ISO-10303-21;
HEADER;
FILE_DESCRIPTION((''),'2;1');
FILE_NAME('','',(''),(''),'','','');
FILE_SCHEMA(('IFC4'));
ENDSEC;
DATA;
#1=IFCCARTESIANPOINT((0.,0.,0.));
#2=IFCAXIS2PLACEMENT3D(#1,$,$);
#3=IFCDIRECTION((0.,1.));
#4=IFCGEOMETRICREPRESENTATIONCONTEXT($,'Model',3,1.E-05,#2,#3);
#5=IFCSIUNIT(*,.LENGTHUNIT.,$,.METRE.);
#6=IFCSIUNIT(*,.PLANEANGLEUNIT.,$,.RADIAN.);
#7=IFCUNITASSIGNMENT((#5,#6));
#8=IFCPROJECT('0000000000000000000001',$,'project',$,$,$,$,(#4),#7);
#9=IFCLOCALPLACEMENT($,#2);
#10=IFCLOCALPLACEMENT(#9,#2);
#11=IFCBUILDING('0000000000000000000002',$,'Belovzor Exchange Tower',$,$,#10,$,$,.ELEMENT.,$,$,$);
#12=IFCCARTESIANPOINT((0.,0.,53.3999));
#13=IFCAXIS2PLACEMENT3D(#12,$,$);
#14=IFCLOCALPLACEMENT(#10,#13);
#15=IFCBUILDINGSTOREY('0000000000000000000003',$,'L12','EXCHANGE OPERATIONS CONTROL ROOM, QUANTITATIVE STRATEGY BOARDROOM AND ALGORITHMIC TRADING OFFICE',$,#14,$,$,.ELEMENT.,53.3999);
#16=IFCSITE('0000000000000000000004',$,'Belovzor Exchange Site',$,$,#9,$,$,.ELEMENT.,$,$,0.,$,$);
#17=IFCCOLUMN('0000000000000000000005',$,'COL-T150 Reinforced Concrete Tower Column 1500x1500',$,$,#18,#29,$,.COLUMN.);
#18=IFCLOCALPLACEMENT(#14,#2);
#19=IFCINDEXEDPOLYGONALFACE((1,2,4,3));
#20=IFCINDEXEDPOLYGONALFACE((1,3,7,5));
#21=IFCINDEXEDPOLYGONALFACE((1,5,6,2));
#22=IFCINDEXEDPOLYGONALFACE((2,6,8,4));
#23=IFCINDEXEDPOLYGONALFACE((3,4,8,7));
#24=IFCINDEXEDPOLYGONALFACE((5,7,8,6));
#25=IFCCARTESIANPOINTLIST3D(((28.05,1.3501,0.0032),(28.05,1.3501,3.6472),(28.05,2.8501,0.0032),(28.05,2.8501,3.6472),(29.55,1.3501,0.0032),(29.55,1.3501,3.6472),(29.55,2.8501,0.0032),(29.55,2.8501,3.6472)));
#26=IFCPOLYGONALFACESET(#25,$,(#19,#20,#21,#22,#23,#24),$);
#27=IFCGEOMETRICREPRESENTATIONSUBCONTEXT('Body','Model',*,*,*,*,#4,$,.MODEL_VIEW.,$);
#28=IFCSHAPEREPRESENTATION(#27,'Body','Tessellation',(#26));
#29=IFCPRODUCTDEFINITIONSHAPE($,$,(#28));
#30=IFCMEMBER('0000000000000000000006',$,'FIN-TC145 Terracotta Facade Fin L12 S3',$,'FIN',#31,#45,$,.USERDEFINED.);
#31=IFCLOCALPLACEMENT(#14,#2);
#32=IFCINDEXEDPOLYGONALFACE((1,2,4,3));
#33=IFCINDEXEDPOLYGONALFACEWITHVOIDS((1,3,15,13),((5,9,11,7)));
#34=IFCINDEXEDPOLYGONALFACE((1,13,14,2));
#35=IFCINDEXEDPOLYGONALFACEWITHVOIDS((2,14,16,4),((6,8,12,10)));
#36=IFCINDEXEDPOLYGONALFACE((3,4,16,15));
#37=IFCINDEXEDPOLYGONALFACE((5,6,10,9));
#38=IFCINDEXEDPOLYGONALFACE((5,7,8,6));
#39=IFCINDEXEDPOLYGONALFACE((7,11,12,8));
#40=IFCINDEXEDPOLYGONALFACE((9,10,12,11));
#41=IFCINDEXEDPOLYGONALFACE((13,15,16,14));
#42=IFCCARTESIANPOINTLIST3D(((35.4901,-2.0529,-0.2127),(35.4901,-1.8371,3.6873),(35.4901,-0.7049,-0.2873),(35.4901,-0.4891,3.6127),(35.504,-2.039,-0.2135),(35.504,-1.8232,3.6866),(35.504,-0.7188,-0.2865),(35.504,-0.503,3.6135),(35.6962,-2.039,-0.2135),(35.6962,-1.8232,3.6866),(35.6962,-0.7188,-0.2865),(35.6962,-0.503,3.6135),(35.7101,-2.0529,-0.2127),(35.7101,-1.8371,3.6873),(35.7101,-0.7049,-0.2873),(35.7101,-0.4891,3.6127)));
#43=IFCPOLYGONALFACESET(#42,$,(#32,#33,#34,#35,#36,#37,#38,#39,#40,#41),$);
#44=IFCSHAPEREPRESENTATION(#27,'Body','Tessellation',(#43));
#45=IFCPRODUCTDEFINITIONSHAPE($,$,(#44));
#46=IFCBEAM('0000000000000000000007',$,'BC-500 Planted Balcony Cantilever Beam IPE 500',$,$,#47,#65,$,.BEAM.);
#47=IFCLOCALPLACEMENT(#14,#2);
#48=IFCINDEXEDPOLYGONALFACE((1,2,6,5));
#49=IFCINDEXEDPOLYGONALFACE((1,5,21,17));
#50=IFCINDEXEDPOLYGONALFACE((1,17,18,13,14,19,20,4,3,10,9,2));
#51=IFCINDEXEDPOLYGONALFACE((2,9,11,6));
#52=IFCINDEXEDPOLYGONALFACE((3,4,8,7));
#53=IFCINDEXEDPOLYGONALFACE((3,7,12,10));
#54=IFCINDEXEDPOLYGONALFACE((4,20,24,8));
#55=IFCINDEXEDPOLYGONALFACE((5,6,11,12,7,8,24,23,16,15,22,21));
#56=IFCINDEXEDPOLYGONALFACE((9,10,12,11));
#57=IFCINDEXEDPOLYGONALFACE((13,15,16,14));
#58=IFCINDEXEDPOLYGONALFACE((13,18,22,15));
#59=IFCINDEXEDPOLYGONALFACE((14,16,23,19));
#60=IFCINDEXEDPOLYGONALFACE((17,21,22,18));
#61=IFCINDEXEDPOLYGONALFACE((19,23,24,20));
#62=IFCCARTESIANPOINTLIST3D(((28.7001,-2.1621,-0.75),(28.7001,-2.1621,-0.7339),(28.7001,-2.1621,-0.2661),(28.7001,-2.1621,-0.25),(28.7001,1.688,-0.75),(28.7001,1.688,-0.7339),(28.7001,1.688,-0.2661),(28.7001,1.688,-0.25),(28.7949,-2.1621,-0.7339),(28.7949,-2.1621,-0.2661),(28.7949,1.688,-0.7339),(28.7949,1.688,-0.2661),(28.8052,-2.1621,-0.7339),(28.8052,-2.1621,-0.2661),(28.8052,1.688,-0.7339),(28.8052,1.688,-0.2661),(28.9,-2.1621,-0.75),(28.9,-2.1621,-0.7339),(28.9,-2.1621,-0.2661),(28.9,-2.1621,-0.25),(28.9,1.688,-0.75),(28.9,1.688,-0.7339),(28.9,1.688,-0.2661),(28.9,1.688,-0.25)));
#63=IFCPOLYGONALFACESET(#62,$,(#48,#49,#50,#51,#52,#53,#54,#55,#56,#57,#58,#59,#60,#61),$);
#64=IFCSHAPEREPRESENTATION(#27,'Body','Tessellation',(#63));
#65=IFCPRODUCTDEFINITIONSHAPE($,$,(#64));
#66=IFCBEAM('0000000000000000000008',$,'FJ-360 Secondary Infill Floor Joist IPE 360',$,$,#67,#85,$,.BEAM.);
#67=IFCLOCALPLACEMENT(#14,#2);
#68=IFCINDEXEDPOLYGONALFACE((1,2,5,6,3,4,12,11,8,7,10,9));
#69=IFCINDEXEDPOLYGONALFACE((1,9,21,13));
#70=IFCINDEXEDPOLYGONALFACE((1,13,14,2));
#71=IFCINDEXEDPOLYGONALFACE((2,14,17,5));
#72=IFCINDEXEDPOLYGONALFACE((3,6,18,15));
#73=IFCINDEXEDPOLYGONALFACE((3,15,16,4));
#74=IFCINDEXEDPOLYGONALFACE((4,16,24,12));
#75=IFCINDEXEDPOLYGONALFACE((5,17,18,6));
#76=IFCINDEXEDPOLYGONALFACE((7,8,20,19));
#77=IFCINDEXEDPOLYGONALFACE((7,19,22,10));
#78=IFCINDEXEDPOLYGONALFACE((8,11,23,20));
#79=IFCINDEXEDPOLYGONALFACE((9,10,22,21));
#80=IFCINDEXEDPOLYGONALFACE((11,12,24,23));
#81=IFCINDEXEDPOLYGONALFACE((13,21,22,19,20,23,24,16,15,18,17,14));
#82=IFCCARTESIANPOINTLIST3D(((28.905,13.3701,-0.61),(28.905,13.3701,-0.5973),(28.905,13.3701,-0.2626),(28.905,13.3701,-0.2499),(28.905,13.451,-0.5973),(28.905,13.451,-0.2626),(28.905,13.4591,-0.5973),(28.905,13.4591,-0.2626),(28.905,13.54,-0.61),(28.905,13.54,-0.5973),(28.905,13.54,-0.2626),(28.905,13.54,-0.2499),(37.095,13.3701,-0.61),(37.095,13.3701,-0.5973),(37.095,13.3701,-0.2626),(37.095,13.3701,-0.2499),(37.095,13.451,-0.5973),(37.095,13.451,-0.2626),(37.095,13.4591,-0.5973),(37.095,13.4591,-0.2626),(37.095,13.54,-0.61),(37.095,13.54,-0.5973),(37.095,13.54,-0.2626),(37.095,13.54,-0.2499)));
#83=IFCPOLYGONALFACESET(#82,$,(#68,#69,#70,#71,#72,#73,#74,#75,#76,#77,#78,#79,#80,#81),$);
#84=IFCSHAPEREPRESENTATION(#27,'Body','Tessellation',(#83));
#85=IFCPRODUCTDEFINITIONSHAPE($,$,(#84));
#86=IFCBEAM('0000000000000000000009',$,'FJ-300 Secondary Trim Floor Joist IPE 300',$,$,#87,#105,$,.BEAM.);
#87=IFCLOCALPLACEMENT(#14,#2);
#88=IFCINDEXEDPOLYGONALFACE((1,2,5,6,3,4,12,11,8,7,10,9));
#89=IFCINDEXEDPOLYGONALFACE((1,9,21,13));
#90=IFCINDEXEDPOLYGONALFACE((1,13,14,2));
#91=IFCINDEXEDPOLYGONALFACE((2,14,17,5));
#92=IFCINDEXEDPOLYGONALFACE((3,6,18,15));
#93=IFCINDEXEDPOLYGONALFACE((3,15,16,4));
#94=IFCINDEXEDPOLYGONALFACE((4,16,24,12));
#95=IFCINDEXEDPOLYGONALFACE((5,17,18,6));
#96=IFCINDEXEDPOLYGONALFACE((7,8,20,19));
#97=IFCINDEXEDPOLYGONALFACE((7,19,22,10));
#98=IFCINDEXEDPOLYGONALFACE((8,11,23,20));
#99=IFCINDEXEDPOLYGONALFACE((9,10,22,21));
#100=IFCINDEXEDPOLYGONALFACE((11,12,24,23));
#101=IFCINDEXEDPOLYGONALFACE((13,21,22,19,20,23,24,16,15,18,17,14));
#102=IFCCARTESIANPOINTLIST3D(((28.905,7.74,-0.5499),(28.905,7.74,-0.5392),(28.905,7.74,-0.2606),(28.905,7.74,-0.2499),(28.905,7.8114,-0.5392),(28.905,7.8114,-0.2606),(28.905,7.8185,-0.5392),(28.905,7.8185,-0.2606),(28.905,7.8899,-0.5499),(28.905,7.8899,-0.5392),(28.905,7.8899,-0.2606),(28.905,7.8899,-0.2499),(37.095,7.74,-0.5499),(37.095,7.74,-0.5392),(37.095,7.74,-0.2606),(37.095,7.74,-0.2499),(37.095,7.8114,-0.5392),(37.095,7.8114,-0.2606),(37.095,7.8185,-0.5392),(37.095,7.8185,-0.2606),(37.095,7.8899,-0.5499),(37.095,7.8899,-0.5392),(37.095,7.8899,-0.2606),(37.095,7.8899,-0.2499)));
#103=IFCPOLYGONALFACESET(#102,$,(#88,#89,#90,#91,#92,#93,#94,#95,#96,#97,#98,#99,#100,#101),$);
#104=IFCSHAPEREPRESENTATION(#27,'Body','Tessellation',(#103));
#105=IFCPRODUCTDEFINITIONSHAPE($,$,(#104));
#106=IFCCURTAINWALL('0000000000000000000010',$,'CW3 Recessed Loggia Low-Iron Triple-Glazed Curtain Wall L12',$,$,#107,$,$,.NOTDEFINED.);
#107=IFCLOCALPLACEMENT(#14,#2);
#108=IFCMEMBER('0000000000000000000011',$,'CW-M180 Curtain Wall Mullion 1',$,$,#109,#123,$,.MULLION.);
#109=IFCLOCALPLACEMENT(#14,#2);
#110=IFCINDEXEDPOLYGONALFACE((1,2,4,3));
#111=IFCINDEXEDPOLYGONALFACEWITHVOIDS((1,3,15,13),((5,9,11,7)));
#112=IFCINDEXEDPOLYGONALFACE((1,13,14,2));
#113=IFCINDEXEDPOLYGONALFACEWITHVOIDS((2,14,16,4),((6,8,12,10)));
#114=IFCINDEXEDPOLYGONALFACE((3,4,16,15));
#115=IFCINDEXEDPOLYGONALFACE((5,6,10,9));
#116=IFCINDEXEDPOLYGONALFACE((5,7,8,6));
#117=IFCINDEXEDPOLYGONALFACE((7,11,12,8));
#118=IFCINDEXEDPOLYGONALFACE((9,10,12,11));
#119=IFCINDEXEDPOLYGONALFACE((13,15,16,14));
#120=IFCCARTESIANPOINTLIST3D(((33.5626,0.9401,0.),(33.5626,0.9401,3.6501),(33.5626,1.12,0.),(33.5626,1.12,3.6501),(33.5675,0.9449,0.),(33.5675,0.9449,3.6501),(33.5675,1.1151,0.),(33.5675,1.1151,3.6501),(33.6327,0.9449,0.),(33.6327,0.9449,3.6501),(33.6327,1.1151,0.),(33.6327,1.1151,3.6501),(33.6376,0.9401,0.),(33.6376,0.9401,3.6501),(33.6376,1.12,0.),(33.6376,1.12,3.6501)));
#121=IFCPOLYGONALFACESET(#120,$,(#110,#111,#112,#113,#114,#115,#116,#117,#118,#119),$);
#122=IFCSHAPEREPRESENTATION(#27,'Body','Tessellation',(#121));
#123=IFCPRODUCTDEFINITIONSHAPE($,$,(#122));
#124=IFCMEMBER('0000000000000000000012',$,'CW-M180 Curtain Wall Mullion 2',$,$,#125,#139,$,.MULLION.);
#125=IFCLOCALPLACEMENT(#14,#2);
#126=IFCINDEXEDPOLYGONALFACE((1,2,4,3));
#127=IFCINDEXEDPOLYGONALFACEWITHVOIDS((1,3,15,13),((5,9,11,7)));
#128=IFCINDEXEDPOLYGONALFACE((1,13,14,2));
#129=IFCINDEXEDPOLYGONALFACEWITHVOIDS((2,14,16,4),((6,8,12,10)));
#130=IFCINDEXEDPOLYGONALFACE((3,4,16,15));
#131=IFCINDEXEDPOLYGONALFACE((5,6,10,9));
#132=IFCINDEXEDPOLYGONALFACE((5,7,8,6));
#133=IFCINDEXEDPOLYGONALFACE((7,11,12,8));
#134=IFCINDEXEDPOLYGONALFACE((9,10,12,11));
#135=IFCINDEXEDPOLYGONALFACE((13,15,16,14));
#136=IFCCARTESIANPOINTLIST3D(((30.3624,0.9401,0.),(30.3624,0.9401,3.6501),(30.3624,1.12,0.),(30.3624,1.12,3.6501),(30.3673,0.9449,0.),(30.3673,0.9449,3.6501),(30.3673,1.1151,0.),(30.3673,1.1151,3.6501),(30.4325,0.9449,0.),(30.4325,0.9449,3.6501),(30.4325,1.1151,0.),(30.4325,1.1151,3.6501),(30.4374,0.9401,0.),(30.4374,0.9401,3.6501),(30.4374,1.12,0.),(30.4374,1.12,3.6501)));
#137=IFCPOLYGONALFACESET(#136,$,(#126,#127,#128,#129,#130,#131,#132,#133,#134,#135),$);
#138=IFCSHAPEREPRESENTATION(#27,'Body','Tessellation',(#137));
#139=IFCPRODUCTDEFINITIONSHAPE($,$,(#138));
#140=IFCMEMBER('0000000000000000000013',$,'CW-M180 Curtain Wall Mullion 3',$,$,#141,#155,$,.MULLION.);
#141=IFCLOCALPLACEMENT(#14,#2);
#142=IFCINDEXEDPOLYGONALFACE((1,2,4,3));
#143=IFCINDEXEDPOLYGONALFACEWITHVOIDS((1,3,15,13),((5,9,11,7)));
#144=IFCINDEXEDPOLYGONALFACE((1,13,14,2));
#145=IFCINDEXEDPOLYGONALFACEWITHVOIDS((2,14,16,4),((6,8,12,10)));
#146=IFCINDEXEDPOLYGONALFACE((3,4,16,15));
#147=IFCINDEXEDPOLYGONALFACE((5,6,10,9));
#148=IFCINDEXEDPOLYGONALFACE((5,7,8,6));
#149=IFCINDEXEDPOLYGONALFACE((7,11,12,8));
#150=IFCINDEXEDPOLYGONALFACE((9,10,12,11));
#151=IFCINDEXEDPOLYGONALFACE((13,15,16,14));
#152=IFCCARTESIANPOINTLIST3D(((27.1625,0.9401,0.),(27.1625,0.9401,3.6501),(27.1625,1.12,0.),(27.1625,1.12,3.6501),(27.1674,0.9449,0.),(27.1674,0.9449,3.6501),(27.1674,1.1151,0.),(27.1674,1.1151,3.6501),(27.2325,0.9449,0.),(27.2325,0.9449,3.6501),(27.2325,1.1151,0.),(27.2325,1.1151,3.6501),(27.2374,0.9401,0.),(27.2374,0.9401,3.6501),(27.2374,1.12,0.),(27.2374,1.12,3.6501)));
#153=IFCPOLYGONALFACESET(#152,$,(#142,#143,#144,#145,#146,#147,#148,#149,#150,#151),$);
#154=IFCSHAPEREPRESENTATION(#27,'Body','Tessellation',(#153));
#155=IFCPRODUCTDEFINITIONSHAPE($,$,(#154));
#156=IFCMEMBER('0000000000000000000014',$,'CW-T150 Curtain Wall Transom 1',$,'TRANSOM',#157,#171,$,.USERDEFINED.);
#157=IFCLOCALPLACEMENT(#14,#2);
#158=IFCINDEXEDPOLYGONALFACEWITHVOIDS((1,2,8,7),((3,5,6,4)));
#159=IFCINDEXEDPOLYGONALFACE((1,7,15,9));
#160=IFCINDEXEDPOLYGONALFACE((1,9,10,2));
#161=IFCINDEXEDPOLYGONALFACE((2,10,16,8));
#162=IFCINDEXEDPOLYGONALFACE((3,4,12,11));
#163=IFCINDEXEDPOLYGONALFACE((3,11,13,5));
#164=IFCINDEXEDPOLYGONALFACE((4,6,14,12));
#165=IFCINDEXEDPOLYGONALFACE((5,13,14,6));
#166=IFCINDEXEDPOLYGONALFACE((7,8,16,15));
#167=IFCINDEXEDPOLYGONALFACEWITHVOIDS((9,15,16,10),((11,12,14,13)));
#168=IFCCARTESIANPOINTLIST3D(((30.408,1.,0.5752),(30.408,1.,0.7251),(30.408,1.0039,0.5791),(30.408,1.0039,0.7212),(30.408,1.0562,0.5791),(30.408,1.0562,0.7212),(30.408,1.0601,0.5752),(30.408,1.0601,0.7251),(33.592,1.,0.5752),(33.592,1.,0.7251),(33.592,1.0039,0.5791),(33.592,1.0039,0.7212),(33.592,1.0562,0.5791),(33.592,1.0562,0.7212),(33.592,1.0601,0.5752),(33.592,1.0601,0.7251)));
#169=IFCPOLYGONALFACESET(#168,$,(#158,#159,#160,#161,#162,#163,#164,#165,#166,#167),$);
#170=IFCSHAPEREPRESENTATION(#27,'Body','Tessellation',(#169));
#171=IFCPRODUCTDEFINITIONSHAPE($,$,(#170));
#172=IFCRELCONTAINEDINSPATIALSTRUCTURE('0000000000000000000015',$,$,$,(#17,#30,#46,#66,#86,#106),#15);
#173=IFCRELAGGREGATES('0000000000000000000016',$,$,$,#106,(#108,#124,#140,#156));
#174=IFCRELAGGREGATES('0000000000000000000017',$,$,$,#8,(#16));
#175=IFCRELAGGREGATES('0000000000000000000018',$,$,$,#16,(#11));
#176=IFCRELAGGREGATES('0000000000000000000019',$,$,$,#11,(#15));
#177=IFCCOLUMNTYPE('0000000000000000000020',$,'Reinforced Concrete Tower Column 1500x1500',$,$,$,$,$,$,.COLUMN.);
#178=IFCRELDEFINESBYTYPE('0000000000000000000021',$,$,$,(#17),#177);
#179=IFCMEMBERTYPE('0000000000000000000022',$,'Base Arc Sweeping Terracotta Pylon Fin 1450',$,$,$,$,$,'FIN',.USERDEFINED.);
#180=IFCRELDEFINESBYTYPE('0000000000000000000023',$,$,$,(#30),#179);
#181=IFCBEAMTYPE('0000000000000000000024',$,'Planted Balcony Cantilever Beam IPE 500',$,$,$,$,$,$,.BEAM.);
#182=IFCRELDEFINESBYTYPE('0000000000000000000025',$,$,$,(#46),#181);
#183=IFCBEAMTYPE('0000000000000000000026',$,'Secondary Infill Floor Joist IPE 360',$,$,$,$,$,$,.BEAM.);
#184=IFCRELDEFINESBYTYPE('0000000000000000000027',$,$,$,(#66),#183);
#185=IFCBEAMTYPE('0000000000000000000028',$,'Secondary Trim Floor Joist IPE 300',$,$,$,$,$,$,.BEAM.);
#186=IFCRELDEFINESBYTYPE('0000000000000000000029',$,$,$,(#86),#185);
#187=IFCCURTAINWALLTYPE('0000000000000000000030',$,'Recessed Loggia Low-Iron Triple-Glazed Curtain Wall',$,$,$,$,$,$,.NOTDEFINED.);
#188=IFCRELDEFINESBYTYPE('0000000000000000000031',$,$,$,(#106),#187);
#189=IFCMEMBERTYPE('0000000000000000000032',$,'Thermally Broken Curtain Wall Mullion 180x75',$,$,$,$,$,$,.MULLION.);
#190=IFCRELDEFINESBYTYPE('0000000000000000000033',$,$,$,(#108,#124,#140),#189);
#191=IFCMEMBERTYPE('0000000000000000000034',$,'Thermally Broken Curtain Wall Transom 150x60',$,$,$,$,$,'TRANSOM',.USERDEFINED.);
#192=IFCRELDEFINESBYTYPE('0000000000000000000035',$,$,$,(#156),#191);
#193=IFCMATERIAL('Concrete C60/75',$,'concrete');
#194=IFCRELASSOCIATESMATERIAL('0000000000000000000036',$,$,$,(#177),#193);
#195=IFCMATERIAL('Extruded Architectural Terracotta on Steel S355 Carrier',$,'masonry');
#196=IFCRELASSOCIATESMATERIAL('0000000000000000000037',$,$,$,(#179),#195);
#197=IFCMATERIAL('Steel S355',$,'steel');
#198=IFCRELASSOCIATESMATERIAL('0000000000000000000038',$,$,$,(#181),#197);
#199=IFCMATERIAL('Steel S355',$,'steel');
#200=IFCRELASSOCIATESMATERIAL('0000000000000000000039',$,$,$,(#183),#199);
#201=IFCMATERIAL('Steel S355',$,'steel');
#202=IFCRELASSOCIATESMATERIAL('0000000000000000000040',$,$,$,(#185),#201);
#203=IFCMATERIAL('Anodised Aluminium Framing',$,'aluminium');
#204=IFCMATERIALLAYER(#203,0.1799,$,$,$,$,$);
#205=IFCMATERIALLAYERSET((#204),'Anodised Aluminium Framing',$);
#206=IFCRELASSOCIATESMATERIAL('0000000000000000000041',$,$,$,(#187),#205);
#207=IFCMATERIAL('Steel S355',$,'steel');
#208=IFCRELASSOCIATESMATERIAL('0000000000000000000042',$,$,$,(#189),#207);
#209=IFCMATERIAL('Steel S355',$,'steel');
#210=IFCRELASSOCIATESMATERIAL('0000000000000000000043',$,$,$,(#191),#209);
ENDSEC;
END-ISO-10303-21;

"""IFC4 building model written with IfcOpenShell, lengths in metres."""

from ifc_helpers import new_model, si_unit, direction, frame, origin, origin_2d, place, context, subcontext, project, spatial, rectangle, hollow_rectangle, i_section, extrude, material, layer, layer_set, material_profile, profile_set, type_object, element, aggregate, save


model = new_model("IFC4")

# Units and contexts
model_context = context("Model", 3, precision=1e-05, world=origin(), true_north=direction((0.0, 1.0)))
body_context = subcontext(model_context, "Body", "Model", "MODEL_VIEW")
ifc_project = project(units=[si_unit("LENGTHUNIT", "METRE"), si_unit("PLANEANGLEUNIT", "RADIAN")], contexts=[model_context])

# Site, building, storey
site_placement = place(None, origin())
site = spatial("IfcSite", under=ifc_project, at=site_placement, Name="Belovzor Exchange Site", CompositionType="ELEMENT", RefElevation=0.0)
building_placement = place(site_placement, origin())
building = spatial("IfcBuilding", under=site, at=building_placement, Name="Belovzor Exchange Tower", CompositionType="ELEMENT")
storey_placement = place(building_placement, frame((0.0, 0.0, 53.3999)))
storey = spatial("IfcBuildingStorey", under=building, at=storey_placement, Name="L12", Description="EXCHANGE OPERATIONS CONTROL ROOM, QUANTITATIVE STRATEGY BOARDROOM AND ALGORITHMIC TRADING OFFICE", CompositionType="ELEMENT", Elevation=53.3999)

# Column
ifc_material_1 = material(Name="Concrete C60/75", Category="concrete")
ifc_material_profile_1 = material_profile(ifc_material_1, rectangle(XDim=1.5, YDim=1.5, at=origin_2d()))
ifc_profile_set_1 = profile_set([ifc_material_profile_1], Name="Concrete C60/75")
column_type = type_object("IfcColumnType", Name="Reinforced Concrete Tower Column 1500x1500", PredefinedType="COLUMN", material=ifc_profile_set_1)
column_placement = place(storey_placement, frame((28.8, 2.1001, 0.0032), z_axis=(0.0, 0.0, 1.0), x_axis=(1.0, 0.0, 0.0)))
element("IfcColumn", 1, at=column_placement, inside=storey, type_object=column_type, Name="COL-T150 Reinforced Concrete Tower Column 1500x1500", PredefinedType="COLUMN", context=body_context, shape_type="SweptSolid", body=[
    extrude(rectangle(XDim=1.5, YDim=1.5, at=origin_2d()), origin(), (0.0, 0.0, 1.0), 3.644),
])

# Member
ifc_material_2 = material(Name="Extruded Architectural Terracotta on Steel S355 Carrier", Category="masonry")
ifc_material_profile_2 = material_profile(ifc_material_2, hollow_rectangle(XDim=0.22, YDim=1.3501, WallThickness=0.0139, at=origin_2d()))
ifc_profile_set_2 = profile_set([ifc_material_profile_2], Name="Extruded Architectural Terracotta on Steel S355 Carrier")
member_type_1 = type_object("IfcMemberType", Name="Base Arc Sweeping Terracotta Pylon Fin 1450", ElementType="FIN", PredefinedType="USERDEFINED", material=ifc_profile_set_2)
member_1_placement = place(storey_placement, frame((35.6001, -1.3789, -0.25), z_axis=(0.0, 0.055252, 0.998472), x_axis=(-1.0, 0.0, 0.0)))
element("IfcMember", 2, at=member_1_placement, inside=storey, type_object=member_type_1, Name="FIN-TC145 Terracotta Facade Fin L12 S3", ObjectType="FIN", PredefinedType="USERDEFINED", context=body_context, shape_type="SweptSolid", body=[
    extrude(hollow_rectangle(XDim=0.22, YDim=1.3501, WallThickness=0.0139, at=origin_2d()), origin(), (0.0, 0.0, 1.0), 3.906),
])

# Beams
ifc_material_3 = material(Name="Steel S355", Category="steel")
ifc_material_profile_3 = material_profile(ifc_material_3, i_section(OverallWidth=0.2, OverallDepth=0.5, WebThickness=0.0103, FlangeThickness=0.0161, at=origin_2d()))
ifc_profile_set_3 = profile_set([ifc_material_profile_3], Name="Steel S355")
beam_type_1 = type_object("IfcBeamType", Name="Planted Balcony Cantilever Beam IPE 500", PredefinedType="BEAM", material=ifc_profile_set_3)
beam_1_placement = place(storey_placement, frame((28.8, 1.688, -0.5), z_axis=(0.0, -1.0, 0.0), x_axis=(1.0, 0.0, 0.0)))
element("IfcBeam", 3, at=beam_1_placement, inside=storey, type_object=beam_type_1, Name="BC-500 Planted Balcony Cantilever Beam IPE 500", PredefinedType="BEAM", context=body_context, shape_type="SweptSolid", body=[
    extrude(i_section(OverallWidth=0.2, OverallDepth=0.5, WebThickness=0.0103, FlangeThickness=0.0161, at=origin_2d()), origin(), (0.0, 0.0, 1.0), 3.8501),
])
ifc_material_4 = material(Name="Steel S355", Category="steel")
ifc_material_profile_4 = material_profile(ifc_material_4, i_section(OverallWidth=0.1699, OverallDepth=0.3601, WebThickness=0.0081, FlangeThickness=0.0127, at=origin_2d()))
ifc_profile_set_4 = profile_set([ifc_material_profile_4], Name="Steel S355")
beam_type_2 = type_object("IfcBeamType", Name="Secondary Infill Floor Joist IPE 360", PredefinedType="BEAM", material=ifc_profile_set_4)
beam_2_placement = place(storey_placement, frame((28.905, 13.4551, -0.4299), z_axis=(1.0, 0.0, 0.0), x_axis=(0.0, 1.0, 0.0)))
element("IfcBeam", 4, at=beam_2_placement, inside=storey, type_object=beam_type_2, Name="FJ-360 Secondary Infill Floor Joist IPE 360", PredefinedType="BEAM", context=body_context, shape_type="SweptSolid", body=[
    extrude(i_section(OverallWidth=0.1699, OverallDepth=0.3601, WebThickness=0.0081, FlangeThickness=0.0127, at=origin_2d()), origin(), (0.0, 0.0, 1.0), 8.1899),
])
ifc_material_5 = material(Name="Steel S355", Category="steel")
ifc_material_profile_5 = material_profile(ifc_material_5, i_section(OverallWidth=0.1499, OverallDepth=0.3, WebThickness=0.0071, FlangeThickness=0.0107, at=origin_2d()))
ifc_profile_set_5 = profile_set([ifc_material_profile_5], Name="Steel S355")
beam_type_3 = type_object("IfcBeamType", Name="Secondary Trim Floor Joist IPE 300", PredefinedType="BEAM", material=ifc_profile_set_5)
beam_3_placement = place(storey_placement, frame((28.905, 7.8149, -0.3999), z_axis=(1.0, 0.0, 0.0), x_axis=(0.0, 1.0, 0.0)))
element("IfcBeam", 5, at=beam_3_placement, inside=storey, type_object=beam_type_3, Name="FJ-300 Secondary Trim Floor Joist IPE 300", PredefinedType="BEAM", context=body_context, shape_type="SweptSolid", body=[
    extrude(i_section(OverallWidth=0.1499, OverallDepth=0.3, WebThickness=0.0071, FlangeThickness=0.0107, at=origin_2d()), origin(), (0.0, 0.0, 1.0), 8.1899),
])

# Curtain wall, members
ifc_material_6 = material(Name="Anodised Aluminium Framing", Category="aluminium")
ifc_layer_1 = layer(ifc_material_6, 0.1799)
ifc_layer_set_1 = layer_set([ifc_layer_1], Name="Anodised Aluminium Framing")
curtain_wall_type = type_object("IfcCurtainWallType", Name="Recessed Loggia Low-Iron Triple-Glazed Curtain Wall", PredefinedType="NOTDEFINED", material=ifc_layer_set_1)
curtain_wall_placement = place(storey_placement, origin())
curtain_wall = element("IfcCurtainWall", 6, at=curtain_wall_placement, inside=storey, type_object=curtain_wall_type, Name="CW3 Recessed Loggia Low-Iron Triple-Glazed Curtain Wall L12", PredefinedType="NOTDEFINED")
ifc_material_7 = material(Name="Steel S355", Category="steel")
ifc_material_profile_6 = material_profile(ifc_material_7, hollow_rectangle(XDim=0.075, YDim=0.1799, WallThickness=0.0049, at=origin_2d()))
ifc_profile_set_6 = profile_set([ifc_material_profile_6], Name="Steel S355")
member_type_2 = type_object("IfcMemberType", Name="Thermally Broken Curtain Wall Mullion 180x75", PredefinedType="MULLION", material=ifc_profile_set_6)
member_2_placement = place(storey_placement, frame((33.6001, 1.03, 0.0), z_axis=(0.0, 0.0, 1.0), x_axis=(-1.0, 0.0, 0.0)))
member_2 = element("IfcMember", 7, at=member_2_placement, type_object=member_type_2, Name="CW-M180 Curtain Wall Mullion 1", PredefinedType="MULLION", context=body_context, shape_type="SweptSolid", body=[
    extrude(hollow_rectangle(XDim=0.075, YDim=0.1799, WallThickness=0.0049, at=origin_2d()), origin(), (0.0, 0.0, 1.0), 3.6501),
])
member_3_placement = place(storey_placement, frame((30.3999, 1.03, 0.0), z_axis=(0.0, 0.0, 1.0), x_axis=(-1.0, 0.0, 0.0)))
member_3 = element("IfcMember", 8, at=member_3_placement, type_object=member_type_2, Name="CW-M180 Curtain Wall Mullion 2", PredefinedType="MULLION", context=body_context, shape_type="SweptSolid", body=[
    extrude(hollow_rectangle(XDim=0.075, YDim=0.1799, WallThickness=0.0049, at=origin_2d()), origin(), (0.0, 0.0, 1.0), 3.6501),
])
member_4_placement = place(storey_placement, frame((27.2, 1.03, 0.0), z_axis=(0.0, 0.0, 1.0), x_axis=(-1.0, 0.0, 0.0)))
member_4 = element("IfcMember", 9, at=member_4_placement, type_object=member_type_2, Name="CW-M180 Curtain Wall Mullion 3", PredefinedType="MULLION", context=body_context, shape_type="SweptSolid", body=[
    extrude(hollow_rectangle(XDim=0.075, YDim=0.1799, WallThickness=0.0049, at=origin_2d()), origin(), (0.0, 0.0, 1.0), 3.6501),
])
ifc_material_8 = material(Name="Steel S355", Category="steel")
ifc_material_profile_7 = material_profile(ifc_material_8, hollow_rectangle(XDim=0.0601, YDim=0.1499, WallThickness=0.0039, at=origin_2d()))
ifc_profile_set_7 = profile_set([ifc_material_profile_7], Name="Steel S355")
member_type_3 = type_object("IfcMemberType", Name="Thermally Broken Curtain Wall Transom 150x60", ElementType="TRANSOM", PredefinedType="USERDEFINED", material=ifc_profile_set_7)
member_5_placement = place(storey_placement, frame((33.592, 1.03, 0.6501), z_axis=(-1.0, 0.0, 0.0), x_axis=(0.0, -1.0, 0.0)))
member_5 = element("IfcMember", 10, at=member_5_placement, type_object=member_type_3, Name="CW-T150 Curtain Wall Transom 1", ObjectType="TRANSOM", PredefinedType="USERDEFINED", context=body_context, shape_type="SweptSolid", body=[
    extrude(hollow_rectangle(XDim=0.0601, YDim=0.1499, WallThickness=0.0039, at=origin_2d()), origin(), (0.0, 0.0, 1.0), 3.1841),
])

aggregate(curtain_wall, [member_2, member_3, member_4, member_5])

save(model, "model.ifc")
